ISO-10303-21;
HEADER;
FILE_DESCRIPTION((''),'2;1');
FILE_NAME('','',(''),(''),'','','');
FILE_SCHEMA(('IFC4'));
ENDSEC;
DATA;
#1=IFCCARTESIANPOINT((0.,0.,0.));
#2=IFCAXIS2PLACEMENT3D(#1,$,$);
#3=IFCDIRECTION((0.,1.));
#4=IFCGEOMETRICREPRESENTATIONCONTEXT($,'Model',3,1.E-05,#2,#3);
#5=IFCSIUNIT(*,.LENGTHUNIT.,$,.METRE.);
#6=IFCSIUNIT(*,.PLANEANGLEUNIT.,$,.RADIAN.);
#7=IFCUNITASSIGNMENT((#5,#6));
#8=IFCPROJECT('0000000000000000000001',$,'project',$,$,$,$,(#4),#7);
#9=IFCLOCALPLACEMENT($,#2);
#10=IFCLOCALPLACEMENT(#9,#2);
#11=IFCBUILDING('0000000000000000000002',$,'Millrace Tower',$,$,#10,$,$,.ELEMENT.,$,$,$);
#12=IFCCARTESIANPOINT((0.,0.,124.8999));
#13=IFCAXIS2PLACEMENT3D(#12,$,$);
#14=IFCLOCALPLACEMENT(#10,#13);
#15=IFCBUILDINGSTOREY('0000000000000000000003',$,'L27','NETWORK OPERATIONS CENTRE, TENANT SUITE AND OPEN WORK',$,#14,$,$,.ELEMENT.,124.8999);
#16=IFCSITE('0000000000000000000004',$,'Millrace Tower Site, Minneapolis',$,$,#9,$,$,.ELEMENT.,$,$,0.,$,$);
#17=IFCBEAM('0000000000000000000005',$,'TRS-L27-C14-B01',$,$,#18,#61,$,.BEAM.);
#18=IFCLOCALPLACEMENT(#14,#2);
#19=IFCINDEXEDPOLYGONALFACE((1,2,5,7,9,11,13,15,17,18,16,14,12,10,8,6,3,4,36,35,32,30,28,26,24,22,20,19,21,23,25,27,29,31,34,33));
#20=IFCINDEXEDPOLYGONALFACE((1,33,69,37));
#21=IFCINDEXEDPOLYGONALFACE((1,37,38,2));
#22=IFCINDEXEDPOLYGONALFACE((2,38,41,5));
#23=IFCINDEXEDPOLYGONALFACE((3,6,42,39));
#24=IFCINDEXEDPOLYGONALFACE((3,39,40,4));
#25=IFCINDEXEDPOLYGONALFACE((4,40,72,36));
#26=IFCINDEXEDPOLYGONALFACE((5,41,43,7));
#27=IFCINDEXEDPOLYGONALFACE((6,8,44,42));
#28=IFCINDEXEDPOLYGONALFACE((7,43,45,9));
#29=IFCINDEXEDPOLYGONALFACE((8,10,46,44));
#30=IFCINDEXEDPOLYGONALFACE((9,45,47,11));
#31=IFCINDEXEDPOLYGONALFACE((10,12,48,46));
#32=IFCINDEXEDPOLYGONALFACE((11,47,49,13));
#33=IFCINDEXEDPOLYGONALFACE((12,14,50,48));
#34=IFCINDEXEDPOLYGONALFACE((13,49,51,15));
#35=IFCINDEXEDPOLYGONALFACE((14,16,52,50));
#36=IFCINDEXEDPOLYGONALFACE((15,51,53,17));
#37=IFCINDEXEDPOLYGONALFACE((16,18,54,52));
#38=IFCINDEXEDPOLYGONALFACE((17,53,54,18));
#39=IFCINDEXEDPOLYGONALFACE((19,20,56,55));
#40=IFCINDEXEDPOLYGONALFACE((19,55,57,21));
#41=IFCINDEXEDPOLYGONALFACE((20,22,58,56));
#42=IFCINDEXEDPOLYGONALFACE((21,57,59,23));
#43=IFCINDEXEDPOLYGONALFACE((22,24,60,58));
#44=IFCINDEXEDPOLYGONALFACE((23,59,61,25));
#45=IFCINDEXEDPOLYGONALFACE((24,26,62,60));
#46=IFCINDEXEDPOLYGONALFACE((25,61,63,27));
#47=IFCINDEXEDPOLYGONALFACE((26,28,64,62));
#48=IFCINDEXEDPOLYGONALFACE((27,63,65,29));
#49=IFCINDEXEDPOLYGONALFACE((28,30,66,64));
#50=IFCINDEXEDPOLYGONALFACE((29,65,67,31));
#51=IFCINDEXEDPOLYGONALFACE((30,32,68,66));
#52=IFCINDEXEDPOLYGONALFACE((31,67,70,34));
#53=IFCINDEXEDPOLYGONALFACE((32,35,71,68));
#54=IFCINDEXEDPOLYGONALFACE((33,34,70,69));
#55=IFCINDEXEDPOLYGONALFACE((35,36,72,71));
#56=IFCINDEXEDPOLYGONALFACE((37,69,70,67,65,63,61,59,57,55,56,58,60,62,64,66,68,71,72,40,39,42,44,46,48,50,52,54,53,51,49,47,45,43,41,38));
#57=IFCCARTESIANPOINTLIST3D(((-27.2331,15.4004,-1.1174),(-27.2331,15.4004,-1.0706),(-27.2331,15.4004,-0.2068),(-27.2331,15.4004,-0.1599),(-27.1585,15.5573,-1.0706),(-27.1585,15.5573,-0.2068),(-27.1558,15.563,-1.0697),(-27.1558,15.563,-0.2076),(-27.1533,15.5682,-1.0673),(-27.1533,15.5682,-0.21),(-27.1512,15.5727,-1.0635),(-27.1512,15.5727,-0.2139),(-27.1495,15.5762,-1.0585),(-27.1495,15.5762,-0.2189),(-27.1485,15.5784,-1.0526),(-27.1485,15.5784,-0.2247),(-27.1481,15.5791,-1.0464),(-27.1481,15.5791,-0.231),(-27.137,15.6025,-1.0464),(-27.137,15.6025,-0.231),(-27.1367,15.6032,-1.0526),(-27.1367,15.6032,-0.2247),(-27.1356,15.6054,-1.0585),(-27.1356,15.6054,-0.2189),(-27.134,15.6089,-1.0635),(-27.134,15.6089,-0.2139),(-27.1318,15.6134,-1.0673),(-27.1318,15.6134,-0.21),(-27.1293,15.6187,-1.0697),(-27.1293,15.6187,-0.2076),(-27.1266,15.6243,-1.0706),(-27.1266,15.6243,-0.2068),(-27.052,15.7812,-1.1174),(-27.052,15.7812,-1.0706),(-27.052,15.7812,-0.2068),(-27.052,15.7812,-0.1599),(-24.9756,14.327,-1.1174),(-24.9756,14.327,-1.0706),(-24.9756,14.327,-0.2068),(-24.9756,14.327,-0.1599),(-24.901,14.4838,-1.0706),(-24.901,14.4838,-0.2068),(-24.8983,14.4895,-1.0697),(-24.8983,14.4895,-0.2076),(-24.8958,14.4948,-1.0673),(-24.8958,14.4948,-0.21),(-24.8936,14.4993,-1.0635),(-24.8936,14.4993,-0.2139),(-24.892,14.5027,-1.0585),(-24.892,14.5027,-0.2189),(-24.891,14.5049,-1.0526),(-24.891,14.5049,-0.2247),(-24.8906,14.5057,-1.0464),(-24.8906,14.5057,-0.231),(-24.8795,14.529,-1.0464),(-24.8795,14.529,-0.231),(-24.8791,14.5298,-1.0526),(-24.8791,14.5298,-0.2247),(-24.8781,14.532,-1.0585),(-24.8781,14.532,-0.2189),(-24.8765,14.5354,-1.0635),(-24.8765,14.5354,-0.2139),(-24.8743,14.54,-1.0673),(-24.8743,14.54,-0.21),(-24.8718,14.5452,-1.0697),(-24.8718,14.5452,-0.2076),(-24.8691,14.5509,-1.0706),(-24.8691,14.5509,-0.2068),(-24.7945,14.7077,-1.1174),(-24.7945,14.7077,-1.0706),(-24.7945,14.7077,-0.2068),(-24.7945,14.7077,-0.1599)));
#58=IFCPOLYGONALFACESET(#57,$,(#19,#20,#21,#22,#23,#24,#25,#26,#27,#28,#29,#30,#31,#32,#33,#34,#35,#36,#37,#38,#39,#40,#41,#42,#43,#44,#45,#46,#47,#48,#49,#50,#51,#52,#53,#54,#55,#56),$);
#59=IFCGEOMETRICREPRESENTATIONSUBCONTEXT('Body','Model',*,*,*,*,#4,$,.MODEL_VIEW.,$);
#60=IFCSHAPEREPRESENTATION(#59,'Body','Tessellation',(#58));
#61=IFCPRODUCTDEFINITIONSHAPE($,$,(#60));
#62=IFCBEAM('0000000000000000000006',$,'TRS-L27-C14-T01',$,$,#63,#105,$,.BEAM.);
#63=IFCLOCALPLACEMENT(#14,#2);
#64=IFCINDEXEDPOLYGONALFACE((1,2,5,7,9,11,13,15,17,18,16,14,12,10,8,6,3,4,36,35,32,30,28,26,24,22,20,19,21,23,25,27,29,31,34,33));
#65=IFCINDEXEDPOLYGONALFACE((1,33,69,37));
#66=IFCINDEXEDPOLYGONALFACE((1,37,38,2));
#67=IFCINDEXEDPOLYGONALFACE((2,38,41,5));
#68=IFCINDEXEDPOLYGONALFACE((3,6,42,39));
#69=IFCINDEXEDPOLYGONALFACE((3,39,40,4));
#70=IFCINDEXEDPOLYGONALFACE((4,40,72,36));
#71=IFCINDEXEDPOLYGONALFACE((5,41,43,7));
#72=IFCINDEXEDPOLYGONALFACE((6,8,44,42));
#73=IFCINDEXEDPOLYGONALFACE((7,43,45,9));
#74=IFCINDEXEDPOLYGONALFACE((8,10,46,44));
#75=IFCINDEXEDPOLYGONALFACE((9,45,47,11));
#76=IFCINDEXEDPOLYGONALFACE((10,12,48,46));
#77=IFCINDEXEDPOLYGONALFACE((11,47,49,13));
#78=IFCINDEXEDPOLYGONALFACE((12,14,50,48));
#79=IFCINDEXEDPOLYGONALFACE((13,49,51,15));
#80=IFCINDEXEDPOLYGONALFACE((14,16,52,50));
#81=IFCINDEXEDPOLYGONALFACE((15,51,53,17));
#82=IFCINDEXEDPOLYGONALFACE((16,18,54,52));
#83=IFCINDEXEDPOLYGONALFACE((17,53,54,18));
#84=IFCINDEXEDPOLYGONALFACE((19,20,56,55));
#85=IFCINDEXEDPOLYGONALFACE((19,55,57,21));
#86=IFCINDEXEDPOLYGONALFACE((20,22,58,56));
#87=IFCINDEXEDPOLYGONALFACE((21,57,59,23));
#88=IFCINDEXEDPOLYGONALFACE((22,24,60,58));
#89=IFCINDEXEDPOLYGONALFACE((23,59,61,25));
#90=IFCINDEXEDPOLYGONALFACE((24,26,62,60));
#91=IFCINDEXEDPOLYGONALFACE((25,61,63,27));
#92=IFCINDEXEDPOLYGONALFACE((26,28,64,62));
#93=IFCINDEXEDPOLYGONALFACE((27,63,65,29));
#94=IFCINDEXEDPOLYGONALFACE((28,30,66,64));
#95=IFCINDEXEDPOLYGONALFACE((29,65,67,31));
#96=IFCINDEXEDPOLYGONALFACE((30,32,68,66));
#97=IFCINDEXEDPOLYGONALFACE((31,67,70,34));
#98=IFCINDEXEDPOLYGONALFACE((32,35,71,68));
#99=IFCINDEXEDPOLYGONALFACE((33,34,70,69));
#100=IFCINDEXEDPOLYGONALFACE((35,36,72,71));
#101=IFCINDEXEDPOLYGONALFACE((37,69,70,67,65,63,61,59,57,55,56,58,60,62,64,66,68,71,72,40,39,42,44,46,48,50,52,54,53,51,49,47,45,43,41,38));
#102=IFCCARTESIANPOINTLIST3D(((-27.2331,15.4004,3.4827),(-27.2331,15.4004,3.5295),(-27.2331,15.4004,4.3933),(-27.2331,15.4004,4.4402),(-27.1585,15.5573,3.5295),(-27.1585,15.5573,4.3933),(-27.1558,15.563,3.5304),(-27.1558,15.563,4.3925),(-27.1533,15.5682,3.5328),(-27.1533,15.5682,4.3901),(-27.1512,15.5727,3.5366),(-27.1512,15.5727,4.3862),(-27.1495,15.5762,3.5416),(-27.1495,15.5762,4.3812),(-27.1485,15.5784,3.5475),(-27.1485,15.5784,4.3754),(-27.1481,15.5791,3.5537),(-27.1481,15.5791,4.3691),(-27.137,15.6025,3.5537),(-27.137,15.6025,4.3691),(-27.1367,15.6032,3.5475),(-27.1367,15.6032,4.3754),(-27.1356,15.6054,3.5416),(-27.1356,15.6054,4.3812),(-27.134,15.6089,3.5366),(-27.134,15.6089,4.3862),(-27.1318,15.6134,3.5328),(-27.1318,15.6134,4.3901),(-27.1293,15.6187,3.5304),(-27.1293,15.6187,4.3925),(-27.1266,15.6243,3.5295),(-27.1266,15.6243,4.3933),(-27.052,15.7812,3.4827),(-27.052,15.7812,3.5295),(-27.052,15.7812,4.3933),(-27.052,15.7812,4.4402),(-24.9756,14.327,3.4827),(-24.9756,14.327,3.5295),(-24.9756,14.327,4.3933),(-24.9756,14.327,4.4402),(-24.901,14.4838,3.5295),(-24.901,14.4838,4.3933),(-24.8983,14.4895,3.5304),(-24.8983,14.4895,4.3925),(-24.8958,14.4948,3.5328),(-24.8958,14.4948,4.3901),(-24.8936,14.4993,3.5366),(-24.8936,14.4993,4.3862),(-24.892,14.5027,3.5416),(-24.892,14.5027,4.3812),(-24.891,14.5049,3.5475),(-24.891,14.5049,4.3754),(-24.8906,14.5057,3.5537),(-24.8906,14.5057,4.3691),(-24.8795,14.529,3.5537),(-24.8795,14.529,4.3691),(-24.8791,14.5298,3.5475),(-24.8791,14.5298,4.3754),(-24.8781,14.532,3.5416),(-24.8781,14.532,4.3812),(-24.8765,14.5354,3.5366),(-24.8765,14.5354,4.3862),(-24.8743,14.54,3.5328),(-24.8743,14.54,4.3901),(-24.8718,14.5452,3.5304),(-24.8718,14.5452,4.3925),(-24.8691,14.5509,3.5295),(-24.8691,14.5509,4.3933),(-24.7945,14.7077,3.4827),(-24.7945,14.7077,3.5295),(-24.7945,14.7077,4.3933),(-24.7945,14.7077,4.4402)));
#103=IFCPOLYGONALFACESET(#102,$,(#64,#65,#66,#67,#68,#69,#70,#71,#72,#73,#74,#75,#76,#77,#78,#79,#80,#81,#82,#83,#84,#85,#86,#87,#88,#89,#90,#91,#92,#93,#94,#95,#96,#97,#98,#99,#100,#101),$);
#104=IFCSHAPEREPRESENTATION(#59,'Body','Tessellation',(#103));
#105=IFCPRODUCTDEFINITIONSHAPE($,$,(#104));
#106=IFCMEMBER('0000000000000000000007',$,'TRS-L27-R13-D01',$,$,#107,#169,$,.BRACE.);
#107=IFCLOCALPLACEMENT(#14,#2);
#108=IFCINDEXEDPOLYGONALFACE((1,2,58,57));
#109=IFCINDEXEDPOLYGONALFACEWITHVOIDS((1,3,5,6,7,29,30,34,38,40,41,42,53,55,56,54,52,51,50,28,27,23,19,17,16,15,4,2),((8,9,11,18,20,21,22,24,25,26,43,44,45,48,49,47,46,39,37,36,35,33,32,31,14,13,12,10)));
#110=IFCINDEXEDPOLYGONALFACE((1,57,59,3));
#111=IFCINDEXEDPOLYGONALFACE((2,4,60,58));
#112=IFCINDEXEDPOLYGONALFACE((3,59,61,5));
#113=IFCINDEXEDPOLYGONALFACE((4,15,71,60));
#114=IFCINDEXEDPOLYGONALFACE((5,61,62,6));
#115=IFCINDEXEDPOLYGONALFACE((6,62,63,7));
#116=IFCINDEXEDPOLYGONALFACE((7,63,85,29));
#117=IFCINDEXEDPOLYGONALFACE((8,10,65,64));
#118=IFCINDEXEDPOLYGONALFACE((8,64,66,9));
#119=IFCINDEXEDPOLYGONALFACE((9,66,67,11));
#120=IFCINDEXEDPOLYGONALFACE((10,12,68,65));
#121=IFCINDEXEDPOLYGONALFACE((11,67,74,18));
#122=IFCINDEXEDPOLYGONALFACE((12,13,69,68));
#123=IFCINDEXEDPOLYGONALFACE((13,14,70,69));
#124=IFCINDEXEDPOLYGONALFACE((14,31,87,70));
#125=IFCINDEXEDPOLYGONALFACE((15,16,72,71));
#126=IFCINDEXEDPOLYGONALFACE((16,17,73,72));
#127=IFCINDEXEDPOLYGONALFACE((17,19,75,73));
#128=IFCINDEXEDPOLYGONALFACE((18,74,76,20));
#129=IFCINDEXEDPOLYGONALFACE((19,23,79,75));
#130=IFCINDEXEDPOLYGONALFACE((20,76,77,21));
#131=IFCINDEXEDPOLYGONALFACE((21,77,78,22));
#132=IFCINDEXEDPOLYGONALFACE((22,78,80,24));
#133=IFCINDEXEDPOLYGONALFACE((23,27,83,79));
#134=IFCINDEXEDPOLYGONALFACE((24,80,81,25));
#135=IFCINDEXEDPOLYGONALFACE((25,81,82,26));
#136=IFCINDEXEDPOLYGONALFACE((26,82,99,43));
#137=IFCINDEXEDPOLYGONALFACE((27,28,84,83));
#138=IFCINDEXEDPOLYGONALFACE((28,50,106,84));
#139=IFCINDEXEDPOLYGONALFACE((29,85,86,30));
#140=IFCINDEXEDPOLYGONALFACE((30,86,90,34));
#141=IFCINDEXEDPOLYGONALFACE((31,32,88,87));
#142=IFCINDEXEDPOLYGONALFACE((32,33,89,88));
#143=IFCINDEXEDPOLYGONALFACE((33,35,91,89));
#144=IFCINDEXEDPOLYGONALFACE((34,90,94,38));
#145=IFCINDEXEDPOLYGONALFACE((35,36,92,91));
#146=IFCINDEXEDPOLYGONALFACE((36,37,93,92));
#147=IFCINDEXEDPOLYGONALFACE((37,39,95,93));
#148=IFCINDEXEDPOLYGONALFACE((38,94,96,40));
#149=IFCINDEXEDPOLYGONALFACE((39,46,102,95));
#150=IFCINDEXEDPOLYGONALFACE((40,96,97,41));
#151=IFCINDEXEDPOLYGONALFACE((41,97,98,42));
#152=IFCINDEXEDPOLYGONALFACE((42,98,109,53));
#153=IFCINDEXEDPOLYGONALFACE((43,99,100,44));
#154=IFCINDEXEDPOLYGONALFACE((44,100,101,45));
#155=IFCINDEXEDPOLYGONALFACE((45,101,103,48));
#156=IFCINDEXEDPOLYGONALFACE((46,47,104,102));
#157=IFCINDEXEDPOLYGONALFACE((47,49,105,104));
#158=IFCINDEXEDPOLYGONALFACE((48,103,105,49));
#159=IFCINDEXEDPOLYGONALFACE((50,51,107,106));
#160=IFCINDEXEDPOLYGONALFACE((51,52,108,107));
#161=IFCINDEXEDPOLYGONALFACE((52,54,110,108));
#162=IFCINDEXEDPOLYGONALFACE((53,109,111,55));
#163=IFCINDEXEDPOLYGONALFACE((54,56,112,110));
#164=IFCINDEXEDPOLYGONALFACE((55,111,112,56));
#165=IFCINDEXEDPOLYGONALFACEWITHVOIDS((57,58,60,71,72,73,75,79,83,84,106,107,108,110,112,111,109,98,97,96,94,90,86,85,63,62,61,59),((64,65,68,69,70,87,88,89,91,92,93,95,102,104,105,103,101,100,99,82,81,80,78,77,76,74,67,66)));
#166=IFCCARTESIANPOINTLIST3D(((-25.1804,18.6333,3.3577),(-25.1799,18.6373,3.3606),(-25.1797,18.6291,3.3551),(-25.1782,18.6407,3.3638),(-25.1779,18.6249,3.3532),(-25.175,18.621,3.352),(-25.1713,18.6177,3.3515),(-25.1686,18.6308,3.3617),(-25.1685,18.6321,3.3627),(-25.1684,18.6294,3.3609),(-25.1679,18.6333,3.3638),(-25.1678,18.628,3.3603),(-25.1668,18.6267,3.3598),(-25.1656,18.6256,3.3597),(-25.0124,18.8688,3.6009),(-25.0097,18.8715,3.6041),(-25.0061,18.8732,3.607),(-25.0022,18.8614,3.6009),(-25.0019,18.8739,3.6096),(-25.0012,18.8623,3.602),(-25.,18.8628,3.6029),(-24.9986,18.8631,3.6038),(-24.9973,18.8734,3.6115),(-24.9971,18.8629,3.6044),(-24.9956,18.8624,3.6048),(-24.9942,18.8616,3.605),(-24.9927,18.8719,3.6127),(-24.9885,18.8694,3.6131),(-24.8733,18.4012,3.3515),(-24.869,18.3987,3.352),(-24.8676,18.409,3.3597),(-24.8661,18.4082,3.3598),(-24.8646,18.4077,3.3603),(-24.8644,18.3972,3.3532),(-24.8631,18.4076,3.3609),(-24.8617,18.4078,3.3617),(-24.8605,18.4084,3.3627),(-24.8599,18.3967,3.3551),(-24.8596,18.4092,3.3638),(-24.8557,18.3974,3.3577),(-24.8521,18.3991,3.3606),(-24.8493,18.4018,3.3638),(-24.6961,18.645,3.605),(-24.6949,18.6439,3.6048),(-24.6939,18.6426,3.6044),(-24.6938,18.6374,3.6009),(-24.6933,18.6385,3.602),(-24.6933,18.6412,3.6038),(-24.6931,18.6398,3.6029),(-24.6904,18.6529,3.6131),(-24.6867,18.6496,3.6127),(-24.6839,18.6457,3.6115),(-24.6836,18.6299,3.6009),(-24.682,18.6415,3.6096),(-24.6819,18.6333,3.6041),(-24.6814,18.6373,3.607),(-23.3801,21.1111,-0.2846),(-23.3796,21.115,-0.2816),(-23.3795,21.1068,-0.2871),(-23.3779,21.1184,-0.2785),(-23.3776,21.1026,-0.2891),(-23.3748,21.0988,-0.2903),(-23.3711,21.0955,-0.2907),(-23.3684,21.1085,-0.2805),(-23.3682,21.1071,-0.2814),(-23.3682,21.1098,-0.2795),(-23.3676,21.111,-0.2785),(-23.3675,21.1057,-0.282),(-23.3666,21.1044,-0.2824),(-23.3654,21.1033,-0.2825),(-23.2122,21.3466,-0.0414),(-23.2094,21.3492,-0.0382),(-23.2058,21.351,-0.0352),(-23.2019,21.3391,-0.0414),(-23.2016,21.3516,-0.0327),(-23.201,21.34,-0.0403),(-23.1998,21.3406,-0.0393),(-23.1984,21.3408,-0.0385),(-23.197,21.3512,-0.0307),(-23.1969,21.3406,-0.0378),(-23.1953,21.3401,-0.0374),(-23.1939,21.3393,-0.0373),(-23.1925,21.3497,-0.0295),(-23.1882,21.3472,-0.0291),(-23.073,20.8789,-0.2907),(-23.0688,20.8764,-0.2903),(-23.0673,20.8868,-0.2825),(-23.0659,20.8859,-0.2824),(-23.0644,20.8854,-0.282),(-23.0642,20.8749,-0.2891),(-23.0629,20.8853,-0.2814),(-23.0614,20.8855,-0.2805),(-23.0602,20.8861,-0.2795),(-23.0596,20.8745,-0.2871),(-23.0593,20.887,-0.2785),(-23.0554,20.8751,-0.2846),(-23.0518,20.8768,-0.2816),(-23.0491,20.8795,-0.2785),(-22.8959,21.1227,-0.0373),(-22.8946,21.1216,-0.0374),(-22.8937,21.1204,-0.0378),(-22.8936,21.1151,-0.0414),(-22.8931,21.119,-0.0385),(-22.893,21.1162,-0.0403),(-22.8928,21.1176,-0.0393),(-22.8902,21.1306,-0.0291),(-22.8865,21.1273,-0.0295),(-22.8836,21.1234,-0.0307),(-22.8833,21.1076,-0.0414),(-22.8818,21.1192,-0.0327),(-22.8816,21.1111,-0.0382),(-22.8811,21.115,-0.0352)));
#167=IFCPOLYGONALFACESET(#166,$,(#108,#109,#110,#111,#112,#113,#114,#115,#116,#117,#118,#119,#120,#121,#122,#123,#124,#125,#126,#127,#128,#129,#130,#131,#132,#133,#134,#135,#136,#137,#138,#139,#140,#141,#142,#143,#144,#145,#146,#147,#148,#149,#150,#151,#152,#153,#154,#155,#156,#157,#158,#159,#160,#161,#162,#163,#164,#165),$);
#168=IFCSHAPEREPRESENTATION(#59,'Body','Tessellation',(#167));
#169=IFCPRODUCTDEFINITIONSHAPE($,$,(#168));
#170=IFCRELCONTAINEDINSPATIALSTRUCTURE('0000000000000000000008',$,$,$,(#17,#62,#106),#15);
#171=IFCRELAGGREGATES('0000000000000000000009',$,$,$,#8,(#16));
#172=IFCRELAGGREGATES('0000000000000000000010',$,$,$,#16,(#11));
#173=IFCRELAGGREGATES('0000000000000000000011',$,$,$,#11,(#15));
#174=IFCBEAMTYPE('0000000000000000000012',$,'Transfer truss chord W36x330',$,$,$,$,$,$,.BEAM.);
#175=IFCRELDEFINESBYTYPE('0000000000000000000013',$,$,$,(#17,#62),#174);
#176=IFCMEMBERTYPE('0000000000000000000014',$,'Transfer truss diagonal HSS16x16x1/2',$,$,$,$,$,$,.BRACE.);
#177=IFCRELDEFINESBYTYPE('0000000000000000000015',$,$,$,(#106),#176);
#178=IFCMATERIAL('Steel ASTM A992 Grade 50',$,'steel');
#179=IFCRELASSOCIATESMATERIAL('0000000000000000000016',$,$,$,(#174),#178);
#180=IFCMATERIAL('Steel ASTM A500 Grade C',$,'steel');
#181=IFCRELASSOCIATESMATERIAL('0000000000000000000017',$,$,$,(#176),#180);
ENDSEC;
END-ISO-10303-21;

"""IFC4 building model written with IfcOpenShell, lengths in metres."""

from ifc_helpers import new_model, si_unit, direction, frame, origin, origin_2d, place, context, subcontext, project, spatial, hollow_rectangle, i_section, extrude, material, material_profile, profile_set, type_object, element, save


model = new_model("IFC4")

# Units and contexts
model_context = context("Model", 3, precision=1e-05, world=origin(), true_north=direction((0.0, 1.0)))
body_context = subcontext(model_context, "Body", "Model", "MODEL_VIEW")
ifc_project = project(units=[si_unit("LENGTHUNIT", "METRE"), si_unit("PLANEANGLEUNIT", "RADIAN")], contexts=[model_context])

# Site, building, storey
site_placement = place(None, origin())
site = spatial("IfcSite", under=ifc_project, at=site_placement, Name="Millrace Tower Site, Minneapolis", CompositionType="ELEMENT", RefElevation=0.0)
building_placement = place(site_placement, origin())
building = spatial("IfcBuilding", under=site, at=building_placement, Name="Millrace Tower", CompositionType="ELEMENT")
storey_placement = place(building_placement, frame((0.0, 0.0, 124.8999)))
storey = spatial("IfcBuildingStorey", under=building, at=storey_placement, Name="L27", Description="NETWORK OPERATIONS CENTRE, TENANT SUITE AND OPEN WORK", CompositionType="ELEMENT", Elevation=124.8999)

# Beams
ifc_material_1 = material(Name="Steel ASTM A992 Grade 50", Category="steel")
ifc_material_profile_1 = material_profile(ifc_material_1, i_section(OverallWidth=0.4216, OverallDepth=0.9575, WebThickness=0.0259, FlangeThickness=0.0469, FilletRadius=0.0242, at=origin_2d()))
ifc_profile_set_1 = profile_set([ifc_material_profile_1], Name="Steel ASTM A992 Grade 50")
beam_type_1 = type_object("IfcBeamType", Name="Transfer truss chord W36x330", PredefinedType="BEAM", material=ifc_profile_set_1)
for number, where, z_axis, x_axis, name in (
    (1, (-27.1426, 15.5908, -0.6387), (0.9031, -0.429429, 0.0), (0.429429, 0.9031, 0.0), "TRS-L27-C14-B01"),
    (2, (-27.1426, 15.5908, 3.9614), (0.9031, -0.429429, 0.0), (0.429429, 0.9031, 0.0), "TRS-L27-C14-T01"),
):
    element("IfcBeam", number, at=place(storey_placement, frame(where, z_axis=z_axis, x_axis=x_axis)), inside=storey, type_object=beam_type_1, Name=name, PredefinedType="BEAM", context=body_context, shape_type="SweptSolid", body=[
        extrude(i_section(OverallWidth=0.4216, OverallDepth=0.9575, WebThickness=0.0259, FlangeThickness=0.0469, FilletRadius=0.0242, at=origin_2d()), origin(), (0.0, 0.0, 1.0), 2.4998),
    ])

# Member
ifc_material_2 = material(Name="Steel ASTM A500 Grade C", Category="steel")
ifc_material_profile_2 = material_profile(ifc_material_2, hollow_rectangle(XDim=0.4065, YDim=0.4065, WallThickness=0.0127, InnerFilletRadius=0.0063, OuterFilletRadius=0.019, at=origin_2d()))
ifc_profile_set_2 = profile_set([ifc_material_profile_2], Name="Steel ASTM A500 Grade C")
member_type_1 = type_object("IfcMemberType", Name="Transfer truss diagonal HSS16x16x1/2", PredefinedType="BRACE", material=ifc_profile_set_2)
member_1_placement = place(storey_placement, frame((-23.1306, 21.113, -0.1599), z_axis=(-0.378301, -0.520664, 0.765374), x_axis=(0.809005, -0.587802, 0.0)))
element("IfcMember", 3, at=member_1_placement, inside=storey, type_object=member_type_1, Name="TRS-L27-R13-D01", PredefinedType="BRACE", context=body_context, shape_type="SweptSolid", body=[
    extrude(hollow_rectangle(XDim=0.4065, YDim=0.4065, WallThickness=0.0127, InnerFilletRadius=0.0063, OuterFilletRadius=0.019, at=origin_2d()), origin(), (0.0, 0.0, 1.0), 4.7588),
])

save(model, "model.ifc")
